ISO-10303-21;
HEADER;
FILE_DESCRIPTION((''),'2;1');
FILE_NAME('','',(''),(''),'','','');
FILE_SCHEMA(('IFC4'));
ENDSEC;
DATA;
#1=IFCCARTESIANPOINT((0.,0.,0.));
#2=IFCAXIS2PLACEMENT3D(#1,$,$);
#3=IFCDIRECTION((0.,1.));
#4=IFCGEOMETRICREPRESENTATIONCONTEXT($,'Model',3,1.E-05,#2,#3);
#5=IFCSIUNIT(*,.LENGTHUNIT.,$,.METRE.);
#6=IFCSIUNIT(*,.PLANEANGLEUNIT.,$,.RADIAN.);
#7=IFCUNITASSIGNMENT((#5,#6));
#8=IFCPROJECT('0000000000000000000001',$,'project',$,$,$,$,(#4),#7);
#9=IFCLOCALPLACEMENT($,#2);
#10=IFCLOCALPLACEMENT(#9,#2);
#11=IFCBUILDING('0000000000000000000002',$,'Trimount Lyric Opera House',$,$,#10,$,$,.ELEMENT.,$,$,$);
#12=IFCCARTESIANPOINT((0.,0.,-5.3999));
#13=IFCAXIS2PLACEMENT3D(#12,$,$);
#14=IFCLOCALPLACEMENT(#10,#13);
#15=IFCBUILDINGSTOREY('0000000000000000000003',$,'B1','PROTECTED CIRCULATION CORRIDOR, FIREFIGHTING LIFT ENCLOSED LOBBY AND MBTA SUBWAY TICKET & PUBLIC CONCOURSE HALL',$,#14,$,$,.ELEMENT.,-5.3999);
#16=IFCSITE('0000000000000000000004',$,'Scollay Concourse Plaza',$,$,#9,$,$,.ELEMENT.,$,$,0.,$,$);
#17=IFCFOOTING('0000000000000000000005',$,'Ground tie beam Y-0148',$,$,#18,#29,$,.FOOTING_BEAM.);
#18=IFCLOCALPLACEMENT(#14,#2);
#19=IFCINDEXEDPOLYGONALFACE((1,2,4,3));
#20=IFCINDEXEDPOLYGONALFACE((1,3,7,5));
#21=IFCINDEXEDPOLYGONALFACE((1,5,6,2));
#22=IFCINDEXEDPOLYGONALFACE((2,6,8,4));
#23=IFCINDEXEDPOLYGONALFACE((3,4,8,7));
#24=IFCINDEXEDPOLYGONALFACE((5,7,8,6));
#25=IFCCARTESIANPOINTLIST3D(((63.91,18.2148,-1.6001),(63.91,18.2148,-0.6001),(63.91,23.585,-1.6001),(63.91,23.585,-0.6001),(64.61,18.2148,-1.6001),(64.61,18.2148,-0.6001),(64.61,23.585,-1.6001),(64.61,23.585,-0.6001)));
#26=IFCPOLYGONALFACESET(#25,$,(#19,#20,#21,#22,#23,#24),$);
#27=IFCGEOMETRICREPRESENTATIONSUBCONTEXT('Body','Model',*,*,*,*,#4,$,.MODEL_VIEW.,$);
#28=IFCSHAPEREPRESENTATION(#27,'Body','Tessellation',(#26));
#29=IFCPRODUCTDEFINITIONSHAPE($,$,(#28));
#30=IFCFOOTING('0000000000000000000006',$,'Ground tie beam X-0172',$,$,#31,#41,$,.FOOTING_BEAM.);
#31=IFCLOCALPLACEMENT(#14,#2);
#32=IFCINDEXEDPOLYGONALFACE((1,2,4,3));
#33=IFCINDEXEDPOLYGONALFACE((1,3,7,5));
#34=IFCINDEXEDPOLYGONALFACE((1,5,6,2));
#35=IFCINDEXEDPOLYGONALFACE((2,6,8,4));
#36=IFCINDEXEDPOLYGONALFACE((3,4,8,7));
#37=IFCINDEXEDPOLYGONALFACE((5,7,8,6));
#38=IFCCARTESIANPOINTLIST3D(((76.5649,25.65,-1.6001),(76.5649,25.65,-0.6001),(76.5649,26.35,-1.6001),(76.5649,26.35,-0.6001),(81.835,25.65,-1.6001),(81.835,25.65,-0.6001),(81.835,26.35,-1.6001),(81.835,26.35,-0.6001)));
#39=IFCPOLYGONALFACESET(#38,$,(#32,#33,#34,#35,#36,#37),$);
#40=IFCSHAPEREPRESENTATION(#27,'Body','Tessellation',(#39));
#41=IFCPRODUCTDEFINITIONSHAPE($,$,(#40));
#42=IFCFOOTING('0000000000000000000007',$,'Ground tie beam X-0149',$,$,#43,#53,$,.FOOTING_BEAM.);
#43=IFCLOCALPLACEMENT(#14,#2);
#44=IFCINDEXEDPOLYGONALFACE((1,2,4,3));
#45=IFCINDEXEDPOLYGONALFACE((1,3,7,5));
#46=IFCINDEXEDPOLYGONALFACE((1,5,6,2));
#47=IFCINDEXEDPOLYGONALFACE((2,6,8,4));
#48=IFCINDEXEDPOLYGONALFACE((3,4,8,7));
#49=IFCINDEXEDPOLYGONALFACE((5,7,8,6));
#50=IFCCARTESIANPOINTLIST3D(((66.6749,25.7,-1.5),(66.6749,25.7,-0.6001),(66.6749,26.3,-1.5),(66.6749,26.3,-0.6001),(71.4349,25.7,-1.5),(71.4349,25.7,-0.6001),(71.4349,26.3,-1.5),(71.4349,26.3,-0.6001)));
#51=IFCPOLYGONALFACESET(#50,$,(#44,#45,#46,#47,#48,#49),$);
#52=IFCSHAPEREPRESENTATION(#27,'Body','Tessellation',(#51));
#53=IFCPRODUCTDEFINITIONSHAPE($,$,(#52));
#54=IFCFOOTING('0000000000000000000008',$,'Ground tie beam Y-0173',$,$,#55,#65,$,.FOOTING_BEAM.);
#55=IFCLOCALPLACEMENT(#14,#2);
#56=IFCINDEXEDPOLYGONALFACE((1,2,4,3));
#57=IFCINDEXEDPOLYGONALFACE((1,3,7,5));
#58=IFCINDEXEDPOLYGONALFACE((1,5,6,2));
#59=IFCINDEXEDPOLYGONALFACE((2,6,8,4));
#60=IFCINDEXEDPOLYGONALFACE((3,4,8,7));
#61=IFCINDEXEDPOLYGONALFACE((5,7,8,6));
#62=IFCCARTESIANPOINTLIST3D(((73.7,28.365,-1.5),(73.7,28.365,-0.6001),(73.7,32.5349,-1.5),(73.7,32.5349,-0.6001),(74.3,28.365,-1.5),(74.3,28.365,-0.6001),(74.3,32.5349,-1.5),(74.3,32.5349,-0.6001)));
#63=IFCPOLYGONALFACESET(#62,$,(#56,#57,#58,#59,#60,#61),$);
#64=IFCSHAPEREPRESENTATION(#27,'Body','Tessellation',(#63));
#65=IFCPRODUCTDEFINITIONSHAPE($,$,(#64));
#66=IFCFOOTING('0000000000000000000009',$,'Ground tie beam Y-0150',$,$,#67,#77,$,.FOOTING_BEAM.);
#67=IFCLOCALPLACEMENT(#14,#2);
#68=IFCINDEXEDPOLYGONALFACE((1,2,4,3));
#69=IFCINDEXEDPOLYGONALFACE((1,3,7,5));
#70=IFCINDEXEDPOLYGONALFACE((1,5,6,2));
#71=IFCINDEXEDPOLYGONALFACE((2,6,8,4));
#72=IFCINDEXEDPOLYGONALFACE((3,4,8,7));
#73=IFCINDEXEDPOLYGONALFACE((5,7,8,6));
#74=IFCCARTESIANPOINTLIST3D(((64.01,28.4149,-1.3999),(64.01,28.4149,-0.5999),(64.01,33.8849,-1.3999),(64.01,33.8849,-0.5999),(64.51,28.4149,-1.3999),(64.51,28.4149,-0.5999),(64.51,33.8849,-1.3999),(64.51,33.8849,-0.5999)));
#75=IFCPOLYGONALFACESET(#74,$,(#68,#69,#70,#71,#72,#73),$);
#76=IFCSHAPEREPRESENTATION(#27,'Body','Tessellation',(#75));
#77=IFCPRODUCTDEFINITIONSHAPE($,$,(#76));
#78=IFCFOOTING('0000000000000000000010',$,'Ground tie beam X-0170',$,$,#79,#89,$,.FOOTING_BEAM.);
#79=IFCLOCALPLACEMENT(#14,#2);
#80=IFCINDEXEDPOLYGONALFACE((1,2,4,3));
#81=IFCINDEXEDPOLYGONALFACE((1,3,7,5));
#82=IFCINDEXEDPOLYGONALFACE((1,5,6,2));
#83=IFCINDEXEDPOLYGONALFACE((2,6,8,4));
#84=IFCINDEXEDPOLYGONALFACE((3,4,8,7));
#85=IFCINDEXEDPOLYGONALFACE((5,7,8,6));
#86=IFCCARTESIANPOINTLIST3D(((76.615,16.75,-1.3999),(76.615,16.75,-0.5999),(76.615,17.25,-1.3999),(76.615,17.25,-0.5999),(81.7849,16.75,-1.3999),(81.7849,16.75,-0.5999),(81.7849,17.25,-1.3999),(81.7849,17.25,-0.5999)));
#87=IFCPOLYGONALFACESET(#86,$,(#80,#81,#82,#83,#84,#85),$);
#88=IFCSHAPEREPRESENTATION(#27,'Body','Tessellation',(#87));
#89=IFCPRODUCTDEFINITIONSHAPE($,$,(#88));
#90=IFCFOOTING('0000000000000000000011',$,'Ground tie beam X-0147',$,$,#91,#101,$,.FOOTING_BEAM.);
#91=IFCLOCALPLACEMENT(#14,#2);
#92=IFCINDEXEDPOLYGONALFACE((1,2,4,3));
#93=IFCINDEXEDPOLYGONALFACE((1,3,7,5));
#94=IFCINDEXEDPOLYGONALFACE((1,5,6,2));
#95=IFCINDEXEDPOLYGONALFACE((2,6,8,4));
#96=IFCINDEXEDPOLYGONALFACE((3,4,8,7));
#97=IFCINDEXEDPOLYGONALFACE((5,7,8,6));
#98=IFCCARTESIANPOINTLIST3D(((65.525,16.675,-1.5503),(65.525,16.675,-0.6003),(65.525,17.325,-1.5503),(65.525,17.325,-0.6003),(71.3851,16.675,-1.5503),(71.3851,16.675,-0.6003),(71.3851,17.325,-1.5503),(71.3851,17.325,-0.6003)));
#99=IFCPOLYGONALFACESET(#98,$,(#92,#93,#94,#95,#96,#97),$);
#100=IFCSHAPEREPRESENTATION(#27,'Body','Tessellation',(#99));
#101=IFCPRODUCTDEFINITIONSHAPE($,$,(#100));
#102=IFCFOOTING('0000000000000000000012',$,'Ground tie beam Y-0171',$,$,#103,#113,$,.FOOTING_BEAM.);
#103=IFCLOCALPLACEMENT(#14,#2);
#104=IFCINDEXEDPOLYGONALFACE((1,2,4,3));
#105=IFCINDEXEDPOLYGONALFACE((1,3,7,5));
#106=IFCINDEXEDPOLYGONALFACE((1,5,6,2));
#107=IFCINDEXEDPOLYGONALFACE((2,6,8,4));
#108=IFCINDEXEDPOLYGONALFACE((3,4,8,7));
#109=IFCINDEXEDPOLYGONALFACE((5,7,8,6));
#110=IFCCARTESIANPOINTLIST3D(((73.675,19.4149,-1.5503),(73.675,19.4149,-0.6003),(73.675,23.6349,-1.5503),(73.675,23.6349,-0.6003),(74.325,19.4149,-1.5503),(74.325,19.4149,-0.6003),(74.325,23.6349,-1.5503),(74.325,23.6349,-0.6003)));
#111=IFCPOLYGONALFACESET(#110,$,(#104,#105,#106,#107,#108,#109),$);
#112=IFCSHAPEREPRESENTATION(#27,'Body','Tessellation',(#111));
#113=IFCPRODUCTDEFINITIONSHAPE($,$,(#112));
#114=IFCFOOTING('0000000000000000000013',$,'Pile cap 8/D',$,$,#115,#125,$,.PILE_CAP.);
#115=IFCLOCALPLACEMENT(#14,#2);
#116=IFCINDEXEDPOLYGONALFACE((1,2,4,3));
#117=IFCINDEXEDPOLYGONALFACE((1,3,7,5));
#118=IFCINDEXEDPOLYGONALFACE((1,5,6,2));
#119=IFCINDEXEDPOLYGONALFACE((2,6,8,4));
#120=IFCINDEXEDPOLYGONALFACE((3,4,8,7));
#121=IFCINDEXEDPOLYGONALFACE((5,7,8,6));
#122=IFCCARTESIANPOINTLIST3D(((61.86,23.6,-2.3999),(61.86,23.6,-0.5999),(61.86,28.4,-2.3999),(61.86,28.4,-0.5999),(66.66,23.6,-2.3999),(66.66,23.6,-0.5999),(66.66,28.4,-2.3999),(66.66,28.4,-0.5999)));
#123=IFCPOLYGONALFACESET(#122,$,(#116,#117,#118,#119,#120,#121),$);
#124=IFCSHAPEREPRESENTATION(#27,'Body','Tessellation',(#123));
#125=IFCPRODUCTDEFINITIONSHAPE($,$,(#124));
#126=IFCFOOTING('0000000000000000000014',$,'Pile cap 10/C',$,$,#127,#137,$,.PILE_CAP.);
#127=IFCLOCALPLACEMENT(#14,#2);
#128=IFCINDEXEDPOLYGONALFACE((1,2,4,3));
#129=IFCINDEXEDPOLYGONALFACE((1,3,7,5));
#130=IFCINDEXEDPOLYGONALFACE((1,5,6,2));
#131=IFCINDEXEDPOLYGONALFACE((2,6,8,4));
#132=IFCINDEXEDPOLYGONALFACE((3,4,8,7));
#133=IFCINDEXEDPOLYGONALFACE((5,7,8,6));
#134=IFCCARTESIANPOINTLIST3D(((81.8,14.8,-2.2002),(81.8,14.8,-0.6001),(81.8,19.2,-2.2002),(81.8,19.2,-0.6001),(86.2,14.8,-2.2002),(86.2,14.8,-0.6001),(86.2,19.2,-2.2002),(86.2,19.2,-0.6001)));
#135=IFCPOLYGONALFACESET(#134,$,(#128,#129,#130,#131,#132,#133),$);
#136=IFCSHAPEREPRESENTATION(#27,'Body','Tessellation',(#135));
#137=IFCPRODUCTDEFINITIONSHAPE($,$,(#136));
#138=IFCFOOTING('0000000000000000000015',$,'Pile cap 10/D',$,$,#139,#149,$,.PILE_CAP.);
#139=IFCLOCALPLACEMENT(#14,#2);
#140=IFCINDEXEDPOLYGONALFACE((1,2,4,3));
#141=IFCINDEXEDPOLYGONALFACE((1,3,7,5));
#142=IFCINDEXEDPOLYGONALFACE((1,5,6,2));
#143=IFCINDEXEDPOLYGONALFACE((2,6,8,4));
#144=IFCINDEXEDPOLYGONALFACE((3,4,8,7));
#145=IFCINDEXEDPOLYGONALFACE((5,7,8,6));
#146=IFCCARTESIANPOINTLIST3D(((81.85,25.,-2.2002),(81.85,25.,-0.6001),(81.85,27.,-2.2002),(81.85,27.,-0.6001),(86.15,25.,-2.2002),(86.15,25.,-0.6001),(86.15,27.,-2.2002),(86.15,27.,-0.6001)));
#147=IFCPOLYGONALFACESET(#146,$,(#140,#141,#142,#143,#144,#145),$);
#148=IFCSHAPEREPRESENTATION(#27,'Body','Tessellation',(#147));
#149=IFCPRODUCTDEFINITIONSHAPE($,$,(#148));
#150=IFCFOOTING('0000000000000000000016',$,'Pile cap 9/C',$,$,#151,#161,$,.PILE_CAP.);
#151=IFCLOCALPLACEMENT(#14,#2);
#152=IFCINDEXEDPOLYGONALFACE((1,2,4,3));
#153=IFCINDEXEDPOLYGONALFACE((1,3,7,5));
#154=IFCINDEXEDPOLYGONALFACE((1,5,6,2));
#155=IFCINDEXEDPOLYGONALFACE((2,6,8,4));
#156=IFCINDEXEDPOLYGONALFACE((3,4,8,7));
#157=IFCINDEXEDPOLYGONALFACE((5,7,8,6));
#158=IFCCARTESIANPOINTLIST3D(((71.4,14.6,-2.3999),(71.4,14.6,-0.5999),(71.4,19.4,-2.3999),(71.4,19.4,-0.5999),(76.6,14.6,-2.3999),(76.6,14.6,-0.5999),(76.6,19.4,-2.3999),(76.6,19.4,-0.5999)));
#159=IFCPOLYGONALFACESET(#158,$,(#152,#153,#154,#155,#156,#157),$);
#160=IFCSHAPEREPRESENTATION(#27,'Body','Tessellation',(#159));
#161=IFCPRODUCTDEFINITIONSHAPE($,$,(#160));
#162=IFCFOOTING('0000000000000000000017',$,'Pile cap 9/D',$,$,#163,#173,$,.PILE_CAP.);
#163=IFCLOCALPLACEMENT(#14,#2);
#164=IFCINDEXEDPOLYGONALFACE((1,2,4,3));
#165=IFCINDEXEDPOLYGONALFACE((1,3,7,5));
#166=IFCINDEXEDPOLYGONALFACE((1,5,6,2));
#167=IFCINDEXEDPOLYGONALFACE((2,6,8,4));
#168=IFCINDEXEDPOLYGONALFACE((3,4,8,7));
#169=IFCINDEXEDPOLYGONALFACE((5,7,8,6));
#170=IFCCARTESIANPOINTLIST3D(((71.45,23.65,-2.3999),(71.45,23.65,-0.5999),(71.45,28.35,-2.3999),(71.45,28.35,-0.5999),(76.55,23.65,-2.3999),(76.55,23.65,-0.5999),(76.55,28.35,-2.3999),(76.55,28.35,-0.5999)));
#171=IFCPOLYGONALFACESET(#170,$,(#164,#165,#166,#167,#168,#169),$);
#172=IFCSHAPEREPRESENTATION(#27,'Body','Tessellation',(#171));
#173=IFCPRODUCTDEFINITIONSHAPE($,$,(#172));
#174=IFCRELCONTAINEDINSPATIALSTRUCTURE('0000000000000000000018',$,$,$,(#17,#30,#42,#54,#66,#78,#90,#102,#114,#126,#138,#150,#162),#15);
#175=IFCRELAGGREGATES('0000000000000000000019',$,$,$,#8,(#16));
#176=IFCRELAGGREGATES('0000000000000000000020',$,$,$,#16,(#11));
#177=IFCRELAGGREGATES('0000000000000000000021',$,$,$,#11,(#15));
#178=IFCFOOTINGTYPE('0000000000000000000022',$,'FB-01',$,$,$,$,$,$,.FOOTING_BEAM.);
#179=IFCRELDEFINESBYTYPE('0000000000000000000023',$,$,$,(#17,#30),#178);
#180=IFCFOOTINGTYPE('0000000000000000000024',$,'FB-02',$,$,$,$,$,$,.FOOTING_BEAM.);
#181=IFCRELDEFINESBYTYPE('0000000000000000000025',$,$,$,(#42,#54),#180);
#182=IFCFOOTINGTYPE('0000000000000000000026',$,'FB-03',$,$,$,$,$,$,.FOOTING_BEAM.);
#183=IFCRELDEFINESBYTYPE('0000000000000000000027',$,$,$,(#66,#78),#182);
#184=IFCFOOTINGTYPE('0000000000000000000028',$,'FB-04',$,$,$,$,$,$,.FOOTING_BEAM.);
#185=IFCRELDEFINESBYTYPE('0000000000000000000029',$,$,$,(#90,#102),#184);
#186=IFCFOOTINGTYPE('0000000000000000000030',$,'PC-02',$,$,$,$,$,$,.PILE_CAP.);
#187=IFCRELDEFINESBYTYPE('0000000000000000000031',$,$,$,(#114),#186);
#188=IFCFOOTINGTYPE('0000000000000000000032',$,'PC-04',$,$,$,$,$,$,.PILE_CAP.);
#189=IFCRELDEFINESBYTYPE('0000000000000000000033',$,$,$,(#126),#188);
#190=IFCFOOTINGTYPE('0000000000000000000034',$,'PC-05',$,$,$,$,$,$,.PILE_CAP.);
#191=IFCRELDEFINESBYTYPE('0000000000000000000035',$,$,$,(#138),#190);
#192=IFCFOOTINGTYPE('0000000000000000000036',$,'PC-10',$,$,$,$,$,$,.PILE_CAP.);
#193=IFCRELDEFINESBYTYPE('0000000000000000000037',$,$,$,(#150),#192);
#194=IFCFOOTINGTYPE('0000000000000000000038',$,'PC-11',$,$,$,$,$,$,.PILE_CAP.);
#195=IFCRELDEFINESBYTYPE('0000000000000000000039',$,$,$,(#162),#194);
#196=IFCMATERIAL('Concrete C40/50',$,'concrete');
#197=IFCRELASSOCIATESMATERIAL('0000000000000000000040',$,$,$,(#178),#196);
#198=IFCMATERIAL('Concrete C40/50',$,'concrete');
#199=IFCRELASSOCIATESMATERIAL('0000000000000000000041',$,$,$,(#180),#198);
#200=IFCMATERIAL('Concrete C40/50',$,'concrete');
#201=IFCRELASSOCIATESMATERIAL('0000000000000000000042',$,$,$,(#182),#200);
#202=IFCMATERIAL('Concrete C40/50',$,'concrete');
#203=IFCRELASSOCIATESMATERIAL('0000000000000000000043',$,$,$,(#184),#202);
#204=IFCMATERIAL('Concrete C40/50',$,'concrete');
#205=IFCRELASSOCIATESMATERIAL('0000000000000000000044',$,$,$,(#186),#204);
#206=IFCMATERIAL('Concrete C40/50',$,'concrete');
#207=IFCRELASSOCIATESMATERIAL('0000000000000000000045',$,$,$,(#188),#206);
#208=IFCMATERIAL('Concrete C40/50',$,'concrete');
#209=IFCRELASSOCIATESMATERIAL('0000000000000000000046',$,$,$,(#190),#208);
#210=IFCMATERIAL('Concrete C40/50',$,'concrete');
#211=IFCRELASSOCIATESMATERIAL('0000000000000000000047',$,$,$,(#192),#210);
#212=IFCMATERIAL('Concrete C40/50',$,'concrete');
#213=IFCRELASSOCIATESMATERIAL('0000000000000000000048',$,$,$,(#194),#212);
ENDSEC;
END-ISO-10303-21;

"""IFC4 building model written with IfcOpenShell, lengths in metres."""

from ifc_helpers import new_model, si_unit, direction, frame, origin, origin_2d, place, context, subcontext, project, spatial, rectangle, extrude, material, type_object, element, save


model = new_model("IFC4")

# Units and contexts
model_context = context("Model", 3, precision=1e-05, world=origin(), true_north=direction((0.0, 1.0)))
body_context = subcontext(model_context, "Body", "Model", "MODEL_VIEW")
ifc_project = project(units=[si_unit("LENGTHUNIT", "METRE"), si_unit("PLANEANGLEUNIT", "RADIAN")], contexts=[model_context])

# Site, building, storey
site_placement = place(None, origin())
site = spatial("IfcSite", under=ifc_project, at=site_placement, Name="Scollay Concourse Plaza", CompositionType="ELEMENT", RefElevation=0.0)
building_placement = place(site_placement, origin())
building = spatial("IfcBuilding", under=site, at=building_placement, Name="Trimount Lyric Opera House", CompositionType="ELEMENT")
storey_placement = place(building_placement, frame((0.0, 0.0, -5.3999)))
storey = spatial("IfcBuildingStorey", under=building, at=storey_placement, Name="B1", Description="PROTECTED CIRCULATION CORRIDOR, FIREFIGHTING LIFT ENCLOSED LOBBY AND MBTA SUBWAY TICKET & PUBLIC CONCOURSE HALL", CompositionType="ELEMENT", Elevation=-5.3999)

# Footings
ifc_material_1 = material(Name="Concrete C40/50", Category="concrete")
footing_type_1 = type_object("IfcFootingType", Name="FB-01", PredefinedType="FOOTING_BEAM", material=ifc_material_1)
footing_1_placement = place(storey_placement, frame((64.26, 20.8999, -1.6001), z_axis=(0.0, 0.0, 1.0), x_axis=(1.0, 0.0, 0.0)))
element("IfcFooting", 1, at=footing_1_placement, inside=storey, type_object=footing_type_1, Name="Ground tie beam Y-0148", PredefinedType="FOOTING_BEAM", context=body_context, shape_type="SweptSolid", body=[
    extrude(rectangle(XDim=0.7, YDim=5.3701, at=origin_2d()), origin(), (0.0, 0.0, 1.0), 1.0),
])
footing_2_placement = place(storey_placement, frame((79.2, 26.0, -1.6001), z_axis=(0.0, 0.0, 1.0), x_axis=(1.0, 0.0, 0.0)))
element("IfcFooting", 2, at=footing_2_placement, inside=storey, type_object=footing_type_1, Name="Ground tie beam X-0172", PredefinedType="FOOTING_BEAM", context=body_context, shape_type="SweptSolid", body=[
    extrude(rectangle(XDim=5.27, YDim=0.7, at=origin_2d()), origin(), (0.0, 0.0, 1.0), 1.0),
])
ifc_material_2 = material(Name="Concrete C40/50", Category="concrete")
footing_type_2 = type_object("IfcFootingType", Name="FB-02", PredefinedType="FOOTING_BEAM", material=ifc_material_2)
footing_3_placement = place(storey_placement, frame((69.0549, 26.0, -1.5), z_axis=(0.0, 0.0, 1.0), x_axis=(1.0, 0.0, 0.0)))
element("IfcFooting", 3, at=footing_3_placement, inside=storey, type_object=footing_type_2, Name="Ground tie beam X-0149", PredefinedType="FOOTING_BEAM", context=body_context, shape_type="SweptSolid", body=[
    extrude(rectangle(XDim=4.76, YDim=0.6001, at=origin_2d()), origin(), (0.0, 0.0, 1.0), 0.8999),
])
footing_4_placement = place(storey_placement, frame((74.0, 30.45, -1.5), z_axis=(0.0, 0.0, 1.0), x_axis=(1.0, 0.0, 0.0)))
element("IfcFooting", 4, at=footing_4_placement, inside=storey, type_object=footing_type_2, Name="Ground tie beam Y-0173", PredefinedType="FOOTING_BEAM", context=body_context, shape_type="SweptSolid", body=[
    extrude(rectangle(XDim=0.6001, YDim=4.1699, at=origin_2d()), origin(), (0.0, 0.0, 1.0), 0.8999),
])
ifc_material_3 = material(Name="Concrete C40/50", Category="concrete")
footing_type_3 = type_object("IfcFootingType", Name="FB-03", PredefinedType="FOOTING_BEAM", material=ifc_material_3)
footing_5_placement = place(storey_placement, frame((64.26, 31.1499, -1.3999), z_axis=(0.0, 0.0, 1.0), x_axis=(1.0, 0.0, 0.0)))
element("IfcFooting", 5, at=footing_5_placement, inside=storey, type_object=footing_type_3, Name="Ground tie beam Y-0150", PredefinedType="FOOTING_BEAM", context=body_context, shape_type="SweptSolid", body=[
    extrude(rectangle(XDim=0.5, YDim=5.47, at=origin_2d()), origin(), (0.0, 0.0, 1.0), 0.8),
])
footing_6_placement = place(storey_placement, frame((79.2, 17.0, -1.3999), z_axis=(0.0, 0.0, 1.0), x_axis=(1.0, 0.0, 0.0)))
element("IfcFooting", 6, at=footing_6_placement, inside=storey, type_object=footing_type_3, Name="Ground tie beam X-0170", PredefinedType="FOOTING_BEAM", context=body_context, shape_type="SweptSolid", body=[
    extrude(rectangle(XDim=5.1699, YDim=0.5, at=origin_2d()), origin(), (0.0, 0.0, 1.0), 0.8),
])
ifc_material_4 = material(Name="Concrete C40/50", Category="concrete")
footing_type_4 = type_object("IfcFootingType", Name="FB-04", PredefinedType="FOOTING_BEAM", material=ifc_material_4)
footing_7_placement = place(storey_placement, frame((68.4551, 17.0, -1.5503), z_axis=(0.0, 0.0, 1.0), x_axis=(1.0, 0.0, 0.0)))
element("IfcFooting", 7, at=footing_7_placement, inside=storey, type_object=footing_type_4, Name="Ground tie beam X-0147", PredefinedType="FOOTING_BEAM", context=body_context, shape_type="SweptSolid", body=[
    extrude(rectangle(XDim=5.8601, YDim=0.6499, at=origin_2d()), origin(), (0.0, 0.0, 1.0), 0.95),
])
footing_8_placement = place(storey_placement, frame((74.0, 21.5249, -1.5503), z_axis=(0.0, 0.0, 1.0), x_axis=(1.0, 0.0, 0.0)))
element("IfcFooting", 8, at=footing_8_placement, inside=storey, type_object=footing_type_4, Name="Ground tie beam Y-0171", PredefinedType="FOOTING_BEAM", context=body_context, shape_type="SweptSolid", body=[
    extrude(rectangle(XDim=0.6499, YDim=4.22, at=origin_2d()), origin(), (0.0, 0.0, 1.0), 0.95),
])
ifc_material_5 = material(Name="Concrete C40/50", Category="concrete")
footing_type_5 = type_object("IfcFootingType", Name="PC-02", PredefinedType="PILE_CAP", material=ifc_material_5)
footing_9_placement = place(storey_placement, frame((64.26, 26.0, -2.3999), z_axis=(0.0, 0.0, 1.0), x_axis=(1.0, 0.0, 0.0)))
element("IfcFooting", 9, at=footing_9_placement, inside=storey, type_object=footing_type_5, Name="Pile cap 8/D", PredefinedType="PILE_CAP", context=body_context, shape_type="SweptSolid", body=[
    extrude(rectangle(XDim=4.8, YDim=4.8, at=origin_2d()), origin(), (0.0, 0.0, 1.0), 1.8),
])
ifc_material_6 = material(Name="Concrete C40/50", Category="concrete")
footing_type_6 = type_object("IfcFootingType", Name="PC-04", PredefinedType="PILE_CAP", material=ifc_material_6)
footing_10_placement = place(storey_placement, frame((84.0, 17.0, -2.2002), z_axis=(0.0, 0.0, 1.0), x_axis=(1.0, 0.0, 0.0)))
element("IfcFooting", 10, at=footing_10_placement, inside=storey, type_object=footing_type_6, Name="Pile cap 10/C", PredefinedType="PILE_CAP", context=body_context, shape_type="SweptSolid", body=[
    extrude(rectangle(XDim=4.3999, YDim=4.3999, at=origin_2d()), origin(), (0.0, 0.0, 1.0), 1.6001),
])
ifc_material_7 = material(Name="Concrete C40/50", Category="concrete")
footing_type_7 = type_object("IfcFootingType", Name="PC-05", PredefinedType="PILE_CAP", material=ifc_material_7)
footing_11_placement = place(storey_placement, frame((84.0, 26.0, -2.2002), z_axis=(0.0, 0.0, 1.0), x_axis=(1.0, 0.0, 0.0)))
element("IfcFooting", 11, at=footing_11_placement, inside=storey, type_object=footing_type_7, Name="Pile cap 10/D", PredefinedType="PILE_CAP", context=body_context, shape_type="SweptSolid", body=[
    extrude(rectangle(XDim=4.3, YDim=2.0, at=origin_2d()), origin(), (0.0, 0.0, 1.0), 1.6001),
])
ifc_material_8 = material(Name="Concrete C40/50", Category="concrete")
footing_type_8 = type_object("IfcFootingType", Name="PC-10", PredefinedType="PILE_CAP", material=ifc_material_8)
footing_12_placement = place(storey_placement, frame((74.0, 17.0, -2.3999), z_axis=(0.0, 0.0, 1.0), x_axis=(1.0, 0.0, 0.0)))
element("IfcFooting", 12, at=footing_12_placement, inside=storey, type_object=footing_type_8, Name="Pile cap 9/C", PredefinedType="PILE_CAP", context=body_context, shape_type="SweptSolid", body=[
    extrude(rectangle(XDim=5.2, YDim=4.8, at=origin_2d()), origin(), (0.0, 0.0, 1.0), 1.8),
])
ifc_material_9 = material(Name="Concrete C40/50", Category="concrete")
footing_type_9 = type_object("IfcFootingType", Name="PC-11", PredefinedType="PILE_CAP", material=ifc_material_9)
footing_13_placement = place(storey_placement, frame((74.0, 26.0, -2.3999), z_axis=(0.0, 0.0, 1.0), x_axis=(1.0, 0.0, 0.0)))
element("IfcFooting", 13, at=footing_13_placement, inside=storey, type_object=footing_type_9, Name="Pile cap 9/D", PredefinedType="PILE_CAP", context=body_context, shape_type="SweptSolid", body=[
    extrude(rectangle(XDim=5.1001, YDim=4.7, at=origin_2d()), origin(), (0.0, 0.0, 1.0), 1.8),
])

save(model, "model.ifc")
